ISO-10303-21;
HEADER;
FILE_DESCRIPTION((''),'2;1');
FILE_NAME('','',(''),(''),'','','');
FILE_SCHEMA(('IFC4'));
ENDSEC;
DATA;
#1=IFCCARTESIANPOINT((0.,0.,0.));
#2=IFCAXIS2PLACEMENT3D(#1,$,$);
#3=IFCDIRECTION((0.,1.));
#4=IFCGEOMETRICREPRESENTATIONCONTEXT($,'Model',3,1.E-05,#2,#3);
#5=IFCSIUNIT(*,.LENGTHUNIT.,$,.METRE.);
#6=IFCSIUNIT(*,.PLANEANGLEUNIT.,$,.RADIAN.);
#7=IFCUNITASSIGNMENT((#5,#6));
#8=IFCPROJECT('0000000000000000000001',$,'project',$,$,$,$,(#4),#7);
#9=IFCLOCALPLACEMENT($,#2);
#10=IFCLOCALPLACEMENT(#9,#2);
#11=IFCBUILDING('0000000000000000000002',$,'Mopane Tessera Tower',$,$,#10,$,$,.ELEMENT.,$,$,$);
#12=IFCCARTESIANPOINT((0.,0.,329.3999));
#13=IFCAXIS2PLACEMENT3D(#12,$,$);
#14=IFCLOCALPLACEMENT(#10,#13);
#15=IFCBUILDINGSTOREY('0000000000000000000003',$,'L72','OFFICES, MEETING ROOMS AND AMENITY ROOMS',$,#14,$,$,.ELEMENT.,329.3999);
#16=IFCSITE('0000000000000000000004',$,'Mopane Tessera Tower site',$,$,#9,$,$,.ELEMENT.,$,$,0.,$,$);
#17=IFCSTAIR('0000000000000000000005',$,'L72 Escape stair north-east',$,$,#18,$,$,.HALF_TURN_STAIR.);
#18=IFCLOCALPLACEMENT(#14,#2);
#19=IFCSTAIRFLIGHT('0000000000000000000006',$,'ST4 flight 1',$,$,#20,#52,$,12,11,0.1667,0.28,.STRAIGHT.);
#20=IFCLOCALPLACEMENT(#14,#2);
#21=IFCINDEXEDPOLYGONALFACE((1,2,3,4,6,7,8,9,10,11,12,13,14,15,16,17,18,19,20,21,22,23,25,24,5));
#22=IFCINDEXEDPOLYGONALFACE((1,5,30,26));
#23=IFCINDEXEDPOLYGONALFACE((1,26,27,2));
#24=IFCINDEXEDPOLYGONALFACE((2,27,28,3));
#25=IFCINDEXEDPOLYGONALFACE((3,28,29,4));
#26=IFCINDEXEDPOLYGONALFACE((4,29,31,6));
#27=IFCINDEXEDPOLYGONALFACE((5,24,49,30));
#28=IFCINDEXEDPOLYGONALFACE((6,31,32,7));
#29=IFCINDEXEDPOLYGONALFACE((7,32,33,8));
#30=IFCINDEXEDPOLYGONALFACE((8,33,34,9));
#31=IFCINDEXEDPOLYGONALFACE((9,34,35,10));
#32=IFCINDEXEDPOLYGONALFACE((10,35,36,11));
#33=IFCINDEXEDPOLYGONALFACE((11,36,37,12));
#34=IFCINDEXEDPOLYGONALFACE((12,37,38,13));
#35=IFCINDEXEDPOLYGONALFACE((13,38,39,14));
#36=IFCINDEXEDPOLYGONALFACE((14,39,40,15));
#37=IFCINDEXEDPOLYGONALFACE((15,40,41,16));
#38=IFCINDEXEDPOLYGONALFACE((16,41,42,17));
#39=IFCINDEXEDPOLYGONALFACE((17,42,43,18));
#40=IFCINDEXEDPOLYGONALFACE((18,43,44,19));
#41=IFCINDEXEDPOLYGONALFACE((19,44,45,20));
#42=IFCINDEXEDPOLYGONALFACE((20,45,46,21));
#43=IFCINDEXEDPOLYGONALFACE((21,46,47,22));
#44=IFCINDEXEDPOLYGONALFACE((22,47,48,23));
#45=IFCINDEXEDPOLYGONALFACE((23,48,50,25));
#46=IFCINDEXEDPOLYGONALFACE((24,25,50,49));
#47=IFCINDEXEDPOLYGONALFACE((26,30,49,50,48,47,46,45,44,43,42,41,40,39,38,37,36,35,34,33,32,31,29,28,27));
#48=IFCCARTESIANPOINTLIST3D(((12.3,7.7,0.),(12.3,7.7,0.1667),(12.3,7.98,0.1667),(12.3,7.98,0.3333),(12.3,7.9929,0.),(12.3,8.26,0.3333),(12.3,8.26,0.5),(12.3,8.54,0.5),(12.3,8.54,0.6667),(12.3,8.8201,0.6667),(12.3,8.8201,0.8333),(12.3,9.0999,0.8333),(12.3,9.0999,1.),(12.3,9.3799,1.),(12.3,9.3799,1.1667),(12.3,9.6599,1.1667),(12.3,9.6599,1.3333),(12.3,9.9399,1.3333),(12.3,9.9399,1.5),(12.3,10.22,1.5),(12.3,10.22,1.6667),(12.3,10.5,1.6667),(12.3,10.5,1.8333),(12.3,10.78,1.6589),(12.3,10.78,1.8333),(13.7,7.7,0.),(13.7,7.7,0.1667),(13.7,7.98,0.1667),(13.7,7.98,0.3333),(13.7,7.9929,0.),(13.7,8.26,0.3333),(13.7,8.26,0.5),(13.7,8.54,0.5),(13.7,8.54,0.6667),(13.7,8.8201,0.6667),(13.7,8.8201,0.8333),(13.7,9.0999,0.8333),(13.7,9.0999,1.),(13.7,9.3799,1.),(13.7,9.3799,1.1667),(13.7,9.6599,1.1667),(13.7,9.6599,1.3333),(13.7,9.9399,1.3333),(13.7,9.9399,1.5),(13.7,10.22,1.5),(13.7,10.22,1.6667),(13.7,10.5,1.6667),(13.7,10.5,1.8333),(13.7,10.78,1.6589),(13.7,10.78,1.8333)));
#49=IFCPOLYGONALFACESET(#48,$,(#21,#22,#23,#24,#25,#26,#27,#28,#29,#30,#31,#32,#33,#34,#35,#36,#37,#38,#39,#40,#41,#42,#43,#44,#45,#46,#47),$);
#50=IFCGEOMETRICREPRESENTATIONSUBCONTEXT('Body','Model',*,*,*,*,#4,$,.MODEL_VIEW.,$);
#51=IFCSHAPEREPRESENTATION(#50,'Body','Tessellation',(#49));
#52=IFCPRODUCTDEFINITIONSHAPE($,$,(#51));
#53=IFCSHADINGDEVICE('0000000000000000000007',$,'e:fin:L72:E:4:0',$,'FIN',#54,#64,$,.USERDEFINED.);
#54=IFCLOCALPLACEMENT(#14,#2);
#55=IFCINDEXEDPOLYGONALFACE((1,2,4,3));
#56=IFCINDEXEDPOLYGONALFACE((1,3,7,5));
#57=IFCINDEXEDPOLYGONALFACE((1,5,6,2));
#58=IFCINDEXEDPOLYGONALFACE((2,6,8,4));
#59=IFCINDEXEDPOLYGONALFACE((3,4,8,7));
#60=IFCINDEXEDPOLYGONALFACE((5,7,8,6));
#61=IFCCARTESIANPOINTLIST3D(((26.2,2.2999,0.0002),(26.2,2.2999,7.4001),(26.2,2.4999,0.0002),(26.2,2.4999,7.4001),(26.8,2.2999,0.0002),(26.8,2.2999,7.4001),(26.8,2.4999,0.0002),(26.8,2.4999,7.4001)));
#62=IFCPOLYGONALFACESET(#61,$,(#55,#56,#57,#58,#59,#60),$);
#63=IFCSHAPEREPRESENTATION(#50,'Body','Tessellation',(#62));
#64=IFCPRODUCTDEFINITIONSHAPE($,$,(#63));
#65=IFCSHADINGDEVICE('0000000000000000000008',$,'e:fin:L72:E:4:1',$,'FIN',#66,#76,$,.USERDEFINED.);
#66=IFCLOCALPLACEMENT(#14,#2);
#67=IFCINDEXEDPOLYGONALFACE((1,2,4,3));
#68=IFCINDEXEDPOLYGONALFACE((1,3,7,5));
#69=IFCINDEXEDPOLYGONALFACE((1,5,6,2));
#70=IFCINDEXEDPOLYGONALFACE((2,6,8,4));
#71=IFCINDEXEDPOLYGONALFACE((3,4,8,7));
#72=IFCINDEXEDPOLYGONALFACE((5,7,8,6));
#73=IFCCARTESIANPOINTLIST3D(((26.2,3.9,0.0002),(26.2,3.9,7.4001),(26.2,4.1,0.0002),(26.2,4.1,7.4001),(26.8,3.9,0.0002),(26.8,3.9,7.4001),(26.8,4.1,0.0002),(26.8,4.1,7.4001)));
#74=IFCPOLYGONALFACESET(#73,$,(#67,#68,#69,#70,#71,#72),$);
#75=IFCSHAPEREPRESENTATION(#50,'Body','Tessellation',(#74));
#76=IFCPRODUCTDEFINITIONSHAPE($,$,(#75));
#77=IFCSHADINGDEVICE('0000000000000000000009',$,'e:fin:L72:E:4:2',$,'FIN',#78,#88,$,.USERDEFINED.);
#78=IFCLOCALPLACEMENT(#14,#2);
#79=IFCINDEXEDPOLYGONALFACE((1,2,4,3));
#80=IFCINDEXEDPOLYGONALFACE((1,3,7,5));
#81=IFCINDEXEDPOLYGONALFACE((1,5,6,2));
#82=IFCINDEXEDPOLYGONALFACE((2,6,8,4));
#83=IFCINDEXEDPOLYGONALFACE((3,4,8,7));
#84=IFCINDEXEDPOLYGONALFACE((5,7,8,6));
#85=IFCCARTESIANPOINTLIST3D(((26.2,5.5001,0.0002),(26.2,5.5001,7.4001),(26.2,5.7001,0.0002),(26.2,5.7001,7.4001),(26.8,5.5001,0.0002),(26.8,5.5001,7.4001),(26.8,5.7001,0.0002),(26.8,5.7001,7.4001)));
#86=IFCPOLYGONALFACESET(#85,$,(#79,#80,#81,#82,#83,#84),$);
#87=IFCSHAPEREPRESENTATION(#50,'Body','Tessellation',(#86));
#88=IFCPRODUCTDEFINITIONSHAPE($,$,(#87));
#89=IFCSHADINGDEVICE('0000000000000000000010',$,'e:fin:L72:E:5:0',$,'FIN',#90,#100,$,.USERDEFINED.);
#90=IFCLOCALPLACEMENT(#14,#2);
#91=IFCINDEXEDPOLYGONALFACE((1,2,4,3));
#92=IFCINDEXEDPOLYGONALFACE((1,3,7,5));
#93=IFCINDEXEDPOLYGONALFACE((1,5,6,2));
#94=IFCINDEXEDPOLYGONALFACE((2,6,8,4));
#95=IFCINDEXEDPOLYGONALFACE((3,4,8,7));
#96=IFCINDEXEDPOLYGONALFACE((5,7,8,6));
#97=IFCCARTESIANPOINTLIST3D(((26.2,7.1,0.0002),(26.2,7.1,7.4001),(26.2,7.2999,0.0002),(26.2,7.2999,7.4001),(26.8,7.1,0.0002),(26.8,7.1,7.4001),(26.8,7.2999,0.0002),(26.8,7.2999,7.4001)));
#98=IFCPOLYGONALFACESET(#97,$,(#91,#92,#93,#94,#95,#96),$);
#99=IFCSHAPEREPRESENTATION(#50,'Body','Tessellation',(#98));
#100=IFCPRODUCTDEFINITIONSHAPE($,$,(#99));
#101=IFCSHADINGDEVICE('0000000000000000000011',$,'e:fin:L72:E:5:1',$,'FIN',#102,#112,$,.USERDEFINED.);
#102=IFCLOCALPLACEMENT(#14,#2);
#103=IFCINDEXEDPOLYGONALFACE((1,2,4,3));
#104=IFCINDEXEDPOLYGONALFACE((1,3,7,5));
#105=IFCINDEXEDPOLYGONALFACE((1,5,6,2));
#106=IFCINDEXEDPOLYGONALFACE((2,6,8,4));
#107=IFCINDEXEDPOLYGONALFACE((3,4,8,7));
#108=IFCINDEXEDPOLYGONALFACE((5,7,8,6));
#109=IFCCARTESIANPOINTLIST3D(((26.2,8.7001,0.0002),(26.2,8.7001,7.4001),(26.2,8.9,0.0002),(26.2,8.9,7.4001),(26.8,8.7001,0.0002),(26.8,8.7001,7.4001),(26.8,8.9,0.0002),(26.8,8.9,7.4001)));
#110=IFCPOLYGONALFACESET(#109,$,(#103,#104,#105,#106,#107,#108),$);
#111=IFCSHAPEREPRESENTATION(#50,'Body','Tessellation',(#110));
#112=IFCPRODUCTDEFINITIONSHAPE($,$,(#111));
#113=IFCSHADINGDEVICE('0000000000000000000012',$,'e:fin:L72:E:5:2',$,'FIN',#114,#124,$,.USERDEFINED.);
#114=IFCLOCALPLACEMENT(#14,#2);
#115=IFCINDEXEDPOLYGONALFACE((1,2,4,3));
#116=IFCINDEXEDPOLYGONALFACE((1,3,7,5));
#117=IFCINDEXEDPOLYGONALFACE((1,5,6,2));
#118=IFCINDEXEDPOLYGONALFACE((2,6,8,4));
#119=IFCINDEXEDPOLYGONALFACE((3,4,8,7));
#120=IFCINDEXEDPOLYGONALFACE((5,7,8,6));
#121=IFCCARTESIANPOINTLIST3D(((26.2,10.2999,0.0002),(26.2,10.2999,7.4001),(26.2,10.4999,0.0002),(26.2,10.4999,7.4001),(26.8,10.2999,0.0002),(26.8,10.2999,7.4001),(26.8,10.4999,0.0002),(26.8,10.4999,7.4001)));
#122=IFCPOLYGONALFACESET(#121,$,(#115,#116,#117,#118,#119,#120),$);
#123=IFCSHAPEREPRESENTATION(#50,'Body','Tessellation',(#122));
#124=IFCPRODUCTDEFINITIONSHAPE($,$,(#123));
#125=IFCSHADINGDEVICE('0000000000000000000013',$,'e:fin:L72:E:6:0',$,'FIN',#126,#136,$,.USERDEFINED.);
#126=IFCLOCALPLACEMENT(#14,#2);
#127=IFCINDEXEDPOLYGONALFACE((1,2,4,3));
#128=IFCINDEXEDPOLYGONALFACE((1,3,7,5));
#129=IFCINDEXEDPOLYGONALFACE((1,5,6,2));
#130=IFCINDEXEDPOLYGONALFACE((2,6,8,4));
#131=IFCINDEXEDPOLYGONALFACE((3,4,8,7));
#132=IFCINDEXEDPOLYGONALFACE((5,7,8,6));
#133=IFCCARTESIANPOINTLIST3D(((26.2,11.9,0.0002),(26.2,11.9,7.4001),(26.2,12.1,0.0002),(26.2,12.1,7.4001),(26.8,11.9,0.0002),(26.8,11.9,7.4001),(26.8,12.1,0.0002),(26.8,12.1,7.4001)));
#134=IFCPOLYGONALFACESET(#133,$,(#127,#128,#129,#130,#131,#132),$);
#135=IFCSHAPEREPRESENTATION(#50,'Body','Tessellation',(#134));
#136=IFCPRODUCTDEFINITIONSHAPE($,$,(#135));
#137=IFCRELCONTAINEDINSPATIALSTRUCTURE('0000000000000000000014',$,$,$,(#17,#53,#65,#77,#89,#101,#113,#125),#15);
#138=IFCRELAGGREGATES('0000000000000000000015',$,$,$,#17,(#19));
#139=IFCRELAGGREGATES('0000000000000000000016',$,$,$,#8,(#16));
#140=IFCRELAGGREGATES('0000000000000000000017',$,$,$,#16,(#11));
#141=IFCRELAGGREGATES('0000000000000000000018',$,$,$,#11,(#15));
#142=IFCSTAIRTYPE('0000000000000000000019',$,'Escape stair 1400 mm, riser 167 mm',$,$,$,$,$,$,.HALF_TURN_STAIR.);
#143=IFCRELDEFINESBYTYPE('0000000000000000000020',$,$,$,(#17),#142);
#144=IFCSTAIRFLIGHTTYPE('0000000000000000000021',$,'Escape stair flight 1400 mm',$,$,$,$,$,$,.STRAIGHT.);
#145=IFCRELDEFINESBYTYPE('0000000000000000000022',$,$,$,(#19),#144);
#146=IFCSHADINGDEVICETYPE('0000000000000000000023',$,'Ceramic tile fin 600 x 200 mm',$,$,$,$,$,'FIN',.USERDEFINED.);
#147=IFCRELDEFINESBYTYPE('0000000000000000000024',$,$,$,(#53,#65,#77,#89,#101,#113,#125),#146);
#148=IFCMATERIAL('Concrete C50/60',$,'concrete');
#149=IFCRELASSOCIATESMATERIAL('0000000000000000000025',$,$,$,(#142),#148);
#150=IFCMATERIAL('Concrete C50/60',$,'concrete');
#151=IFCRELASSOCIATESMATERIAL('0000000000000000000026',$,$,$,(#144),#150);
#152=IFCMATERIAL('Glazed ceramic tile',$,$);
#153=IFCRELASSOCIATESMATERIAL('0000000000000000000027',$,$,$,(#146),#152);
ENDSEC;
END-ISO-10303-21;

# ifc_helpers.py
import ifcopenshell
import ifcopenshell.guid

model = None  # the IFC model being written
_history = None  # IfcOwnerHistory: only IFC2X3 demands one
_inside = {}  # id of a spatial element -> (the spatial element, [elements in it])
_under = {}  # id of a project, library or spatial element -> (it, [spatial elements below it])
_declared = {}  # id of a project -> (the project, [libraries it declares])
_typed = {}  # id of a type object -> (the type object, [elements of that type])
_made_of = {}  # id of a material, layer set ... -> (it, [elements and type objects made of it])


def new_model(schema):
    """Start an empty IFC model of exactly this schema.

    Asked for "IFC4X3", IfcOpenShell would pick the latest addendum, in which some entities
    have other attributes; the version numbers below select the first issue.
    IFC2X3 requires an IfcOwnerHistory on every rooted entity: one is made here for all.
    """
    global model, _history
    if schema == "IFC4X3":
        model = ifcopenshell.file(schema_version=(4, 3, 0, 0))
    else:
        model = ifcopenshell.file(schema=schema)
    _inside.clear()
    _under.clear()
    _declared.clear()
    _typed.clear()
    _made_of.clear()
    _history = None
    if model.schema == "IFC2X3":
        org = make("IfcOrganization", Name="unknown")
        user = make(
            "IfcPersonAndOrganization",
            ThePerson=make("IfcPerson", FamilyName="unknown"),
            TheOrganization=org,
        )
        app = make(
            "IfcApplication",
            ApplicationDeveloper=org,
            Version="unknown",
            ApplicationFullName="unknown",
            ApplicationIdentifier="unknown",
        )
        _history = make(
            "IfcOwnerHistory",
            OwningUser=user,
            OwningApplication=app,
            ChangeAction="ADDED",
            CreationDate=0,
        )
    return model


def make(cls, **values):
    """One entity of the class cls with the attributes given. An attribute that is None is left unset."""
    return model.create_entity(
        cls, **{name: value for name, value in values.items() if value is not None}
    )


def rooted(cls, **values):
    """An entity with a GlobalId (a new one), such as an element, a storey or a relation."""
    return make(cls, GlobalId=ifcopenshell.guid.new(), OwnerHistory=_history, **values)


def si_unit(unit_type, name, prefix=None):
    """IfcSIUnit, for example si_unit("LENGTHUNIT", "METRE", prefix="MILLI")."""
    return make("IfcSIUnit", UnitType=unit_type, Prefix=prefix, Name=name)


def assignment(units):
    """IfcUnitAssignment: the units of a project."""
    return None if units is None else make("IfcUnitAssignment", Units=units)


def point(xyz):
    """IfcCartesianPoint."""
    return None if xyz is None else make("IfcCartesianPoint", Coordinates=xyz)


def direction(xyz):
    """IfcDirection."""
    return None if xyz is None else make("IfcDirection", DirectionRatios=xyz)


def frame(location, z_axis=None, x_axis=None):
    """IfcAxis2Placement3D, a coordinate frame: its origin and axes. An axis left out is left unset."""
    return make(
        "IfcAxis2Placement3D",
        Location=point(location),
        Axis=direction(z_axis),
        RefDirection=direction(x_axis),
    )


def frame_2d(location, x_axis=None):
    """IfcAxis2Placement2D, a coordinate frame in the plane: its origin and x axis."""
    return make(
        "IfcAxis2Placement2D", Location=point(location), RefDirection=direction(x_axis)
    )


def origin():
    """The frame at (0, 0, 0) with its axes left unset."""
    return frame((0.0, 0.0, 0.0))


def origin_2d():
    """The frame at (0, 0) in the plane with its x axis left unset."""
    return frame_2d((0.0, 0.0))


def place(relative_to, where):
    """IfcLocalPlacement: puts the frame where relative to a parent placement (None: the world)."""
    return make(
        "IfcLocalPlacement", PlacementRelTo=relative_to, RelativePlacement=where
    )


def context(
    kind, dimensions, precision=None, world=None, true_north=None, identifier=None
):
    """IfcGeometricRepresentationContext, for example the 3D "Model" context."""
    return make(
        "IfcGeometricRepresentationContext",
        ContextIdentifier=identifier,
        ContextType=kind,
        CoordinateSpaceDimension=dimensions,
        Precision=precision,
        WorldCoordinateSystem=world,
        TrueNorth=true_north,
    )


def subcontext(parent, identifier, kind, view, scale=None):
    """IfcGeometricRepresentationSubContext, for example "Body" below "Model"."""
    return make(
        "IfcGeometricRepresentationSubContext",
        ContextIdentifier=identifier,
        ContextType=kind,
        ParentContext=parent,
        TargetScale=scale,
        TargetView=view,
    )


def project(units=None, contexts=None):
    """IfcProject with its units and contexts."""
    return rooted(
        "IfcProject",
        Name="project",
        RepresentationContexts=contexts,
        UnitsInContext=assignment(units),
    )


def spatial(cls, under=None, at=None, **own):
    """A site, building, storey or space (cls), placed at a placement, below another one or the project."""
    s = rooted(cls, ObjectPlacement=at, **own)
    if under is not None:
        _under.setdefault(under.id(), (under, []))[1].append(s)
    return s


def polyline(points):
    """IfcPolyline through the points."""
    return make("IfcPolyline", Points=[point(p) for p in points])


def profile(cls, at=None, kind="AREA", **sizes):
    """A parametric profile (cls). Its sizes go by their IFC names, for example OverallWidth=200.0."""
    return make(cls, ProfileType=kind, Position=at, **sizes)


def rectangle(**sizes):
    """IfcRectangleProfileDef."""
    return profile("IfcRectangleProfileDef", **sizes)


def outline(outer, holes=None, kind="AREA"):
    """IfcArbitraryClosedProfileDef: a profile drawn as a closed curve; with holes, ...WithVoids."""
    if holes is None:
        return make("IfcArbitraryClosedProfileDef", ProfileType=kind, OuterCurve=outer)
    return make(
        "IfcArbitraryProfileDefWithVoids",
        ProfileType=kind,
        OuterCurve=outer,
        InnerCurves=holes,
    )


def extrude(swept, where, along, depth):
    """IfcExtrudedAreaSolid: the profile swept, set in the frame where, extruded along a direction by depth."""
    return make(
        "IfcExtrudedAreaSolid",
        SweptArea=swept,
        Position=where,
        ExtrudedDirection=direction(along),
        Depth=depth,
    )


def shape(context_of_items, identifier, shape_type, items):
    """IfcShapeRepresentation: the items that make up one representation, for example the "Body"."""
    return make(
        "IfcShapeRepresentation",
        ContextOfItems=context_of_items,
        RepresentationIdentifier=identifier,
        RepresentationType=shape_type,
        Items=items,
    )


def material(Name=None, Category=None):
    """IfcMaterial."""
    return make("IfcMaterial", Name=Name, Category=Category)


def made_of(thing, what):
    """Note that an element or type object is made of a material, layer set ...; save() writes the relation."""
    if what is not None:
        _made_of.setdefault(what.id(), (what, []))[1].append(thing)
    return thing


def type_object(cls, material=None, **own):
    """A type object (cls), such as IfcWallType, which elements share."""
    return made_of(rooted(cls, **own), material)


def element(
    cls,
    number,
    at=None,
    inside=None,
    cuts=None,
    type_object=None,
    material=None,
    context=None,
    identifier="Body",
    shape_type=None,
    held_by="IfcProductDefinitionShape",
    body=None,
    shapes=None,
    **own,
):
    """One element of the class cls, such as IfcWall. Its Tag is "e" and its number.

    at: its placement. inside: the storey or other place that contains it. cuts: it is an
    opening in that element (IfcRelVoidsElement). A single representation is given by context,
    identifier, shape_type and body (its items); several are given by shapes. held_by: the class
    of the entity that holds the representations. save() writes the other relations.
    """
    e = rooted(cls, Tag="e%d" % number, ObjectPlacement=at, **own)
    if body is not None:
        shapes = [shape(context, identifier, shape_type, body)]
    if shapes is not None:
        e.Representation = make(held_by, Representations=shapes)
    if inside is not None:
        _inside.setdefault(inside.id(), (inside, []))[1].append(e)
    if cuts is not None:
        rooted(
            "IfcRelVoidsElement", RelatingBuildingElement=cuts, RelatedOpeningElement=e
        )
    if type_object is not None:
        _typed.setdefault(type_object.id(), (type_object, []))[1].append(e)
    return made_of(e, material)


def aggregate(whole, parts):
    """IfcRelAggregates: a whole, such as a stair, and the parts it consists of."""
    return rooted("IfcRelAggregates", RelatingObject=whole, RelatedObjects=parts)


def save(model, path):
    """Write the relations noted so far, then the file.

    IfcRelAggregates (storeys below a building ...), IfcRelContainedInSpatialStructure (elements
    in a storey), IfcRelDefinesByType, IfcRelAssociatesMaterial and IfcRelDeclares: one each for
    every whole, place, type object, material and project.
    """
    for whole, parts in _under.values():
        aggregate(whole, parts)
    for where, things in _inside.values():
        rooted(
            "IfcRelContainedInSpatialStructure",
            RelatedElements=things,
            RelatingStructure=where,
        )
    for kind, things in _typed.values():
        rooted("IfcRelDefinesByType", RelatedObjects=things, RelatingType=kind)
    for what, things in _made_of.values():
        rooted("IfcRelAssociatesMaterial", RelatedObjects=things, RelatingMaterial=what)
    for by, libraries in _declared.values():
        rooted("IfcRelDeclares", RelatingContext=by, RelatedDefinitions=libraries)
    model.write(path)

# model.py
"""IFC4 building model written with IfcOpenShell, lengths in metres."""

from ifc_helpers import new_model, si_unit, direction, frame, origin, origin_2d, place, context, subcontext, project, spatial, polyline, rectangle, outline, extrude, material, type_object, element, aggregate, save


model = new_model("IFC4")

# Units and contexts
model_context = context("Model", 3, precision=1e-05, world=origin(), true_north=direction((0.0, 1.0)))
body_context = subcontext(model_context, "Body", "Model", "MODEL_VIEW")
ifc_project = project(units=[si_unit("LENGTHUNIT", "METRE"), si_unit("PLANEANGLEUNIT", "RADIAN")], contexts=[model_context])

# Site, building, storey
site_placement = place(None, origin())
site = spatial("IfcSite", under=ifc_project, at=site_placement, Name="Mopane Tessera Tower site", CompositionType="ELEMENT", RefElevation=0.0)
building_placement = place(site_placement, origin())
building = spatial("IfcBuilding", under=site, at=building_placement, Name="Mopane Tessera Tower", CompositionType="ELEMENT")
storey_placement = place(building_placement, frame((0.0, 0.0, 329.3999)))
storey = spatial("IfcBuildingStorey", under=building, at=storey_placement, Name="L72", Description="OFFICES, MEETING ROOMS AND AMENITY ROOMS", CompositionType="ELEMENT", Elevation=329.3999)

# Stair, stair flight
ifc_material_1 = material(Name="Concrete C50/60", Category="concrete")
stair_type = type_object("IfcStairType", Name="Escape stair 1400 mm, riser 167 mm", PredefinedType="HALF_TURN_STAIR", material=ifc_material_1)
stair_placement = place(storey_placement, origin())
stair = element("IfcStair", 1, at=stair_placement, inside=storey, type_object=stair_type, Name="L72 Escape stair north-east", PredefinedType="HALF_TURN_STAIR")
ifc_material_2 = material(Name="Concrete C50/60", Category="concrete")
stair_flight_type = type_object("IfcStairFlightType", Name="Escape stair flight 1400 mm", PredefinedType="STRAIGHT", material=ifc_material_2)
stair_flight_placement = place(storey_placement, frame((13.0, 7.7, 0.0), z_axis=(0.0, 0.0, 1.0), x_axis=(0.0, 1.0, 0.0)))
stair_flight = element("IfcStairFlight", 2, at=stair_flight_placement, type_object=stair_flight_type, Name="ST4 flight 1", NumberOfRisers=12, NumberOfTreads=11, PredefinedType="STRAIGHT", RiserHeight=0.1667, TreadLength=0.28, context=body_context, shape_type="SweptSolid", body=[
    extrude(outline(polyline([(0.0, 0.0), (0.0, 0.1667), (0.28, 0.1667), (0.28, 0.3333), (0.5601, 0.3333), (0.5601, 0.5), (0.8401, 0.5), (0.8401, 0.6667), (1.1201, 0.6667), (1.1201, 0.8333), (1.3999, 0.8333), (1.3999, 1.0), (1.6799, 1.0), (1.6799, 1.1667), (1.96, 1.1667), (1.96, 1.3333), (2.24, 1.3333), (2.24, 1.5), (2.52, 1.5), (2.52, 1.6667), (2.8, 1.6667), (2.8, 1.8333), (3.0801, 1.8333), (3.0801, 2.0), (3.0801, 1.6589), (0.293, 0.0), (0.0, 0.0)])), frame((0.0, 0.7, 0.0), z_axis=(0.0, -1.0, 0.0), x_axis=(1.0, 0.0, 0.0)), (0.0, 0.0, 1.0), 1.3999),
])
aggregate(stair, [stair_flight])

# Shading devices
ifc_material_3 = material(Name="Glazed ceramic tile")
shading_device_type = type_object("IfcShadingDeviceType", Name="Ceramic tile fin 600 x 200 mm", ElementType="FIN", PredefinedType="USERDEFINED", material=ifc_material_3)
for number, where, z_axis, x_axis, name in (
    (3, (26.5, 2.3999, 0.0002), (0.0, 0.0, 1.0), (0.0, 1.0, 0.0), "e:fin:L72:E:4:0"),
    (4, (26.5, 4.0, 0.0002), (0.0, 0.0, 1.0), (0.0, 1.0, 0.0), "e:fin:L72:E:4:1"),
    (5, (26.5, 5.6001, 0.0002), (0.0, 0.0, 1.0), (0.0, 1.0, 0.0), "e:fin:L72:E:4:2"),
    (6, (26.5, 7.2, 0.0002), (0.0, 0.0, 1.0), (0.0, 1.0, 0.0), "e:fin:L72:E:5:0"),
    (7, (26.5, 8.8, 0.0002), (0.0, 0.0, 1.0), (0.0, 1.0, 0.0), "e:fin:L72:E:5:1"),
    (8, (26.5, 10.3999, 0.0002), (0.0, 0.0, 1.0), (0.0, 1.0, 0.0), "e:fin:L72:E:5:2"),
    (9, (26.5, 12.0, 0.0002), (0.0, 0.0, 1.0), (0.0, 1.0, 0.0), "e:fin:L72:E:6:0"),
):
    element("IfcShadingDevice", number, at=place(storey_placement, frame(where, z_axis=z_axis, x_axis=x_axis)), inside=storey, type_object=shading_device_type, Name=name, ObjectType="FIN", PredefinedType="USERDEFINED", context=body_context, shape_type="SweptSolid", body=[
        extrude(rectangle(XDim=0.2, YDim=0.6001, at=origin_2d()), origin(), (0.0, 0.0, 1.0), 7.3999),
    ])

save(model, "model.ifc")
